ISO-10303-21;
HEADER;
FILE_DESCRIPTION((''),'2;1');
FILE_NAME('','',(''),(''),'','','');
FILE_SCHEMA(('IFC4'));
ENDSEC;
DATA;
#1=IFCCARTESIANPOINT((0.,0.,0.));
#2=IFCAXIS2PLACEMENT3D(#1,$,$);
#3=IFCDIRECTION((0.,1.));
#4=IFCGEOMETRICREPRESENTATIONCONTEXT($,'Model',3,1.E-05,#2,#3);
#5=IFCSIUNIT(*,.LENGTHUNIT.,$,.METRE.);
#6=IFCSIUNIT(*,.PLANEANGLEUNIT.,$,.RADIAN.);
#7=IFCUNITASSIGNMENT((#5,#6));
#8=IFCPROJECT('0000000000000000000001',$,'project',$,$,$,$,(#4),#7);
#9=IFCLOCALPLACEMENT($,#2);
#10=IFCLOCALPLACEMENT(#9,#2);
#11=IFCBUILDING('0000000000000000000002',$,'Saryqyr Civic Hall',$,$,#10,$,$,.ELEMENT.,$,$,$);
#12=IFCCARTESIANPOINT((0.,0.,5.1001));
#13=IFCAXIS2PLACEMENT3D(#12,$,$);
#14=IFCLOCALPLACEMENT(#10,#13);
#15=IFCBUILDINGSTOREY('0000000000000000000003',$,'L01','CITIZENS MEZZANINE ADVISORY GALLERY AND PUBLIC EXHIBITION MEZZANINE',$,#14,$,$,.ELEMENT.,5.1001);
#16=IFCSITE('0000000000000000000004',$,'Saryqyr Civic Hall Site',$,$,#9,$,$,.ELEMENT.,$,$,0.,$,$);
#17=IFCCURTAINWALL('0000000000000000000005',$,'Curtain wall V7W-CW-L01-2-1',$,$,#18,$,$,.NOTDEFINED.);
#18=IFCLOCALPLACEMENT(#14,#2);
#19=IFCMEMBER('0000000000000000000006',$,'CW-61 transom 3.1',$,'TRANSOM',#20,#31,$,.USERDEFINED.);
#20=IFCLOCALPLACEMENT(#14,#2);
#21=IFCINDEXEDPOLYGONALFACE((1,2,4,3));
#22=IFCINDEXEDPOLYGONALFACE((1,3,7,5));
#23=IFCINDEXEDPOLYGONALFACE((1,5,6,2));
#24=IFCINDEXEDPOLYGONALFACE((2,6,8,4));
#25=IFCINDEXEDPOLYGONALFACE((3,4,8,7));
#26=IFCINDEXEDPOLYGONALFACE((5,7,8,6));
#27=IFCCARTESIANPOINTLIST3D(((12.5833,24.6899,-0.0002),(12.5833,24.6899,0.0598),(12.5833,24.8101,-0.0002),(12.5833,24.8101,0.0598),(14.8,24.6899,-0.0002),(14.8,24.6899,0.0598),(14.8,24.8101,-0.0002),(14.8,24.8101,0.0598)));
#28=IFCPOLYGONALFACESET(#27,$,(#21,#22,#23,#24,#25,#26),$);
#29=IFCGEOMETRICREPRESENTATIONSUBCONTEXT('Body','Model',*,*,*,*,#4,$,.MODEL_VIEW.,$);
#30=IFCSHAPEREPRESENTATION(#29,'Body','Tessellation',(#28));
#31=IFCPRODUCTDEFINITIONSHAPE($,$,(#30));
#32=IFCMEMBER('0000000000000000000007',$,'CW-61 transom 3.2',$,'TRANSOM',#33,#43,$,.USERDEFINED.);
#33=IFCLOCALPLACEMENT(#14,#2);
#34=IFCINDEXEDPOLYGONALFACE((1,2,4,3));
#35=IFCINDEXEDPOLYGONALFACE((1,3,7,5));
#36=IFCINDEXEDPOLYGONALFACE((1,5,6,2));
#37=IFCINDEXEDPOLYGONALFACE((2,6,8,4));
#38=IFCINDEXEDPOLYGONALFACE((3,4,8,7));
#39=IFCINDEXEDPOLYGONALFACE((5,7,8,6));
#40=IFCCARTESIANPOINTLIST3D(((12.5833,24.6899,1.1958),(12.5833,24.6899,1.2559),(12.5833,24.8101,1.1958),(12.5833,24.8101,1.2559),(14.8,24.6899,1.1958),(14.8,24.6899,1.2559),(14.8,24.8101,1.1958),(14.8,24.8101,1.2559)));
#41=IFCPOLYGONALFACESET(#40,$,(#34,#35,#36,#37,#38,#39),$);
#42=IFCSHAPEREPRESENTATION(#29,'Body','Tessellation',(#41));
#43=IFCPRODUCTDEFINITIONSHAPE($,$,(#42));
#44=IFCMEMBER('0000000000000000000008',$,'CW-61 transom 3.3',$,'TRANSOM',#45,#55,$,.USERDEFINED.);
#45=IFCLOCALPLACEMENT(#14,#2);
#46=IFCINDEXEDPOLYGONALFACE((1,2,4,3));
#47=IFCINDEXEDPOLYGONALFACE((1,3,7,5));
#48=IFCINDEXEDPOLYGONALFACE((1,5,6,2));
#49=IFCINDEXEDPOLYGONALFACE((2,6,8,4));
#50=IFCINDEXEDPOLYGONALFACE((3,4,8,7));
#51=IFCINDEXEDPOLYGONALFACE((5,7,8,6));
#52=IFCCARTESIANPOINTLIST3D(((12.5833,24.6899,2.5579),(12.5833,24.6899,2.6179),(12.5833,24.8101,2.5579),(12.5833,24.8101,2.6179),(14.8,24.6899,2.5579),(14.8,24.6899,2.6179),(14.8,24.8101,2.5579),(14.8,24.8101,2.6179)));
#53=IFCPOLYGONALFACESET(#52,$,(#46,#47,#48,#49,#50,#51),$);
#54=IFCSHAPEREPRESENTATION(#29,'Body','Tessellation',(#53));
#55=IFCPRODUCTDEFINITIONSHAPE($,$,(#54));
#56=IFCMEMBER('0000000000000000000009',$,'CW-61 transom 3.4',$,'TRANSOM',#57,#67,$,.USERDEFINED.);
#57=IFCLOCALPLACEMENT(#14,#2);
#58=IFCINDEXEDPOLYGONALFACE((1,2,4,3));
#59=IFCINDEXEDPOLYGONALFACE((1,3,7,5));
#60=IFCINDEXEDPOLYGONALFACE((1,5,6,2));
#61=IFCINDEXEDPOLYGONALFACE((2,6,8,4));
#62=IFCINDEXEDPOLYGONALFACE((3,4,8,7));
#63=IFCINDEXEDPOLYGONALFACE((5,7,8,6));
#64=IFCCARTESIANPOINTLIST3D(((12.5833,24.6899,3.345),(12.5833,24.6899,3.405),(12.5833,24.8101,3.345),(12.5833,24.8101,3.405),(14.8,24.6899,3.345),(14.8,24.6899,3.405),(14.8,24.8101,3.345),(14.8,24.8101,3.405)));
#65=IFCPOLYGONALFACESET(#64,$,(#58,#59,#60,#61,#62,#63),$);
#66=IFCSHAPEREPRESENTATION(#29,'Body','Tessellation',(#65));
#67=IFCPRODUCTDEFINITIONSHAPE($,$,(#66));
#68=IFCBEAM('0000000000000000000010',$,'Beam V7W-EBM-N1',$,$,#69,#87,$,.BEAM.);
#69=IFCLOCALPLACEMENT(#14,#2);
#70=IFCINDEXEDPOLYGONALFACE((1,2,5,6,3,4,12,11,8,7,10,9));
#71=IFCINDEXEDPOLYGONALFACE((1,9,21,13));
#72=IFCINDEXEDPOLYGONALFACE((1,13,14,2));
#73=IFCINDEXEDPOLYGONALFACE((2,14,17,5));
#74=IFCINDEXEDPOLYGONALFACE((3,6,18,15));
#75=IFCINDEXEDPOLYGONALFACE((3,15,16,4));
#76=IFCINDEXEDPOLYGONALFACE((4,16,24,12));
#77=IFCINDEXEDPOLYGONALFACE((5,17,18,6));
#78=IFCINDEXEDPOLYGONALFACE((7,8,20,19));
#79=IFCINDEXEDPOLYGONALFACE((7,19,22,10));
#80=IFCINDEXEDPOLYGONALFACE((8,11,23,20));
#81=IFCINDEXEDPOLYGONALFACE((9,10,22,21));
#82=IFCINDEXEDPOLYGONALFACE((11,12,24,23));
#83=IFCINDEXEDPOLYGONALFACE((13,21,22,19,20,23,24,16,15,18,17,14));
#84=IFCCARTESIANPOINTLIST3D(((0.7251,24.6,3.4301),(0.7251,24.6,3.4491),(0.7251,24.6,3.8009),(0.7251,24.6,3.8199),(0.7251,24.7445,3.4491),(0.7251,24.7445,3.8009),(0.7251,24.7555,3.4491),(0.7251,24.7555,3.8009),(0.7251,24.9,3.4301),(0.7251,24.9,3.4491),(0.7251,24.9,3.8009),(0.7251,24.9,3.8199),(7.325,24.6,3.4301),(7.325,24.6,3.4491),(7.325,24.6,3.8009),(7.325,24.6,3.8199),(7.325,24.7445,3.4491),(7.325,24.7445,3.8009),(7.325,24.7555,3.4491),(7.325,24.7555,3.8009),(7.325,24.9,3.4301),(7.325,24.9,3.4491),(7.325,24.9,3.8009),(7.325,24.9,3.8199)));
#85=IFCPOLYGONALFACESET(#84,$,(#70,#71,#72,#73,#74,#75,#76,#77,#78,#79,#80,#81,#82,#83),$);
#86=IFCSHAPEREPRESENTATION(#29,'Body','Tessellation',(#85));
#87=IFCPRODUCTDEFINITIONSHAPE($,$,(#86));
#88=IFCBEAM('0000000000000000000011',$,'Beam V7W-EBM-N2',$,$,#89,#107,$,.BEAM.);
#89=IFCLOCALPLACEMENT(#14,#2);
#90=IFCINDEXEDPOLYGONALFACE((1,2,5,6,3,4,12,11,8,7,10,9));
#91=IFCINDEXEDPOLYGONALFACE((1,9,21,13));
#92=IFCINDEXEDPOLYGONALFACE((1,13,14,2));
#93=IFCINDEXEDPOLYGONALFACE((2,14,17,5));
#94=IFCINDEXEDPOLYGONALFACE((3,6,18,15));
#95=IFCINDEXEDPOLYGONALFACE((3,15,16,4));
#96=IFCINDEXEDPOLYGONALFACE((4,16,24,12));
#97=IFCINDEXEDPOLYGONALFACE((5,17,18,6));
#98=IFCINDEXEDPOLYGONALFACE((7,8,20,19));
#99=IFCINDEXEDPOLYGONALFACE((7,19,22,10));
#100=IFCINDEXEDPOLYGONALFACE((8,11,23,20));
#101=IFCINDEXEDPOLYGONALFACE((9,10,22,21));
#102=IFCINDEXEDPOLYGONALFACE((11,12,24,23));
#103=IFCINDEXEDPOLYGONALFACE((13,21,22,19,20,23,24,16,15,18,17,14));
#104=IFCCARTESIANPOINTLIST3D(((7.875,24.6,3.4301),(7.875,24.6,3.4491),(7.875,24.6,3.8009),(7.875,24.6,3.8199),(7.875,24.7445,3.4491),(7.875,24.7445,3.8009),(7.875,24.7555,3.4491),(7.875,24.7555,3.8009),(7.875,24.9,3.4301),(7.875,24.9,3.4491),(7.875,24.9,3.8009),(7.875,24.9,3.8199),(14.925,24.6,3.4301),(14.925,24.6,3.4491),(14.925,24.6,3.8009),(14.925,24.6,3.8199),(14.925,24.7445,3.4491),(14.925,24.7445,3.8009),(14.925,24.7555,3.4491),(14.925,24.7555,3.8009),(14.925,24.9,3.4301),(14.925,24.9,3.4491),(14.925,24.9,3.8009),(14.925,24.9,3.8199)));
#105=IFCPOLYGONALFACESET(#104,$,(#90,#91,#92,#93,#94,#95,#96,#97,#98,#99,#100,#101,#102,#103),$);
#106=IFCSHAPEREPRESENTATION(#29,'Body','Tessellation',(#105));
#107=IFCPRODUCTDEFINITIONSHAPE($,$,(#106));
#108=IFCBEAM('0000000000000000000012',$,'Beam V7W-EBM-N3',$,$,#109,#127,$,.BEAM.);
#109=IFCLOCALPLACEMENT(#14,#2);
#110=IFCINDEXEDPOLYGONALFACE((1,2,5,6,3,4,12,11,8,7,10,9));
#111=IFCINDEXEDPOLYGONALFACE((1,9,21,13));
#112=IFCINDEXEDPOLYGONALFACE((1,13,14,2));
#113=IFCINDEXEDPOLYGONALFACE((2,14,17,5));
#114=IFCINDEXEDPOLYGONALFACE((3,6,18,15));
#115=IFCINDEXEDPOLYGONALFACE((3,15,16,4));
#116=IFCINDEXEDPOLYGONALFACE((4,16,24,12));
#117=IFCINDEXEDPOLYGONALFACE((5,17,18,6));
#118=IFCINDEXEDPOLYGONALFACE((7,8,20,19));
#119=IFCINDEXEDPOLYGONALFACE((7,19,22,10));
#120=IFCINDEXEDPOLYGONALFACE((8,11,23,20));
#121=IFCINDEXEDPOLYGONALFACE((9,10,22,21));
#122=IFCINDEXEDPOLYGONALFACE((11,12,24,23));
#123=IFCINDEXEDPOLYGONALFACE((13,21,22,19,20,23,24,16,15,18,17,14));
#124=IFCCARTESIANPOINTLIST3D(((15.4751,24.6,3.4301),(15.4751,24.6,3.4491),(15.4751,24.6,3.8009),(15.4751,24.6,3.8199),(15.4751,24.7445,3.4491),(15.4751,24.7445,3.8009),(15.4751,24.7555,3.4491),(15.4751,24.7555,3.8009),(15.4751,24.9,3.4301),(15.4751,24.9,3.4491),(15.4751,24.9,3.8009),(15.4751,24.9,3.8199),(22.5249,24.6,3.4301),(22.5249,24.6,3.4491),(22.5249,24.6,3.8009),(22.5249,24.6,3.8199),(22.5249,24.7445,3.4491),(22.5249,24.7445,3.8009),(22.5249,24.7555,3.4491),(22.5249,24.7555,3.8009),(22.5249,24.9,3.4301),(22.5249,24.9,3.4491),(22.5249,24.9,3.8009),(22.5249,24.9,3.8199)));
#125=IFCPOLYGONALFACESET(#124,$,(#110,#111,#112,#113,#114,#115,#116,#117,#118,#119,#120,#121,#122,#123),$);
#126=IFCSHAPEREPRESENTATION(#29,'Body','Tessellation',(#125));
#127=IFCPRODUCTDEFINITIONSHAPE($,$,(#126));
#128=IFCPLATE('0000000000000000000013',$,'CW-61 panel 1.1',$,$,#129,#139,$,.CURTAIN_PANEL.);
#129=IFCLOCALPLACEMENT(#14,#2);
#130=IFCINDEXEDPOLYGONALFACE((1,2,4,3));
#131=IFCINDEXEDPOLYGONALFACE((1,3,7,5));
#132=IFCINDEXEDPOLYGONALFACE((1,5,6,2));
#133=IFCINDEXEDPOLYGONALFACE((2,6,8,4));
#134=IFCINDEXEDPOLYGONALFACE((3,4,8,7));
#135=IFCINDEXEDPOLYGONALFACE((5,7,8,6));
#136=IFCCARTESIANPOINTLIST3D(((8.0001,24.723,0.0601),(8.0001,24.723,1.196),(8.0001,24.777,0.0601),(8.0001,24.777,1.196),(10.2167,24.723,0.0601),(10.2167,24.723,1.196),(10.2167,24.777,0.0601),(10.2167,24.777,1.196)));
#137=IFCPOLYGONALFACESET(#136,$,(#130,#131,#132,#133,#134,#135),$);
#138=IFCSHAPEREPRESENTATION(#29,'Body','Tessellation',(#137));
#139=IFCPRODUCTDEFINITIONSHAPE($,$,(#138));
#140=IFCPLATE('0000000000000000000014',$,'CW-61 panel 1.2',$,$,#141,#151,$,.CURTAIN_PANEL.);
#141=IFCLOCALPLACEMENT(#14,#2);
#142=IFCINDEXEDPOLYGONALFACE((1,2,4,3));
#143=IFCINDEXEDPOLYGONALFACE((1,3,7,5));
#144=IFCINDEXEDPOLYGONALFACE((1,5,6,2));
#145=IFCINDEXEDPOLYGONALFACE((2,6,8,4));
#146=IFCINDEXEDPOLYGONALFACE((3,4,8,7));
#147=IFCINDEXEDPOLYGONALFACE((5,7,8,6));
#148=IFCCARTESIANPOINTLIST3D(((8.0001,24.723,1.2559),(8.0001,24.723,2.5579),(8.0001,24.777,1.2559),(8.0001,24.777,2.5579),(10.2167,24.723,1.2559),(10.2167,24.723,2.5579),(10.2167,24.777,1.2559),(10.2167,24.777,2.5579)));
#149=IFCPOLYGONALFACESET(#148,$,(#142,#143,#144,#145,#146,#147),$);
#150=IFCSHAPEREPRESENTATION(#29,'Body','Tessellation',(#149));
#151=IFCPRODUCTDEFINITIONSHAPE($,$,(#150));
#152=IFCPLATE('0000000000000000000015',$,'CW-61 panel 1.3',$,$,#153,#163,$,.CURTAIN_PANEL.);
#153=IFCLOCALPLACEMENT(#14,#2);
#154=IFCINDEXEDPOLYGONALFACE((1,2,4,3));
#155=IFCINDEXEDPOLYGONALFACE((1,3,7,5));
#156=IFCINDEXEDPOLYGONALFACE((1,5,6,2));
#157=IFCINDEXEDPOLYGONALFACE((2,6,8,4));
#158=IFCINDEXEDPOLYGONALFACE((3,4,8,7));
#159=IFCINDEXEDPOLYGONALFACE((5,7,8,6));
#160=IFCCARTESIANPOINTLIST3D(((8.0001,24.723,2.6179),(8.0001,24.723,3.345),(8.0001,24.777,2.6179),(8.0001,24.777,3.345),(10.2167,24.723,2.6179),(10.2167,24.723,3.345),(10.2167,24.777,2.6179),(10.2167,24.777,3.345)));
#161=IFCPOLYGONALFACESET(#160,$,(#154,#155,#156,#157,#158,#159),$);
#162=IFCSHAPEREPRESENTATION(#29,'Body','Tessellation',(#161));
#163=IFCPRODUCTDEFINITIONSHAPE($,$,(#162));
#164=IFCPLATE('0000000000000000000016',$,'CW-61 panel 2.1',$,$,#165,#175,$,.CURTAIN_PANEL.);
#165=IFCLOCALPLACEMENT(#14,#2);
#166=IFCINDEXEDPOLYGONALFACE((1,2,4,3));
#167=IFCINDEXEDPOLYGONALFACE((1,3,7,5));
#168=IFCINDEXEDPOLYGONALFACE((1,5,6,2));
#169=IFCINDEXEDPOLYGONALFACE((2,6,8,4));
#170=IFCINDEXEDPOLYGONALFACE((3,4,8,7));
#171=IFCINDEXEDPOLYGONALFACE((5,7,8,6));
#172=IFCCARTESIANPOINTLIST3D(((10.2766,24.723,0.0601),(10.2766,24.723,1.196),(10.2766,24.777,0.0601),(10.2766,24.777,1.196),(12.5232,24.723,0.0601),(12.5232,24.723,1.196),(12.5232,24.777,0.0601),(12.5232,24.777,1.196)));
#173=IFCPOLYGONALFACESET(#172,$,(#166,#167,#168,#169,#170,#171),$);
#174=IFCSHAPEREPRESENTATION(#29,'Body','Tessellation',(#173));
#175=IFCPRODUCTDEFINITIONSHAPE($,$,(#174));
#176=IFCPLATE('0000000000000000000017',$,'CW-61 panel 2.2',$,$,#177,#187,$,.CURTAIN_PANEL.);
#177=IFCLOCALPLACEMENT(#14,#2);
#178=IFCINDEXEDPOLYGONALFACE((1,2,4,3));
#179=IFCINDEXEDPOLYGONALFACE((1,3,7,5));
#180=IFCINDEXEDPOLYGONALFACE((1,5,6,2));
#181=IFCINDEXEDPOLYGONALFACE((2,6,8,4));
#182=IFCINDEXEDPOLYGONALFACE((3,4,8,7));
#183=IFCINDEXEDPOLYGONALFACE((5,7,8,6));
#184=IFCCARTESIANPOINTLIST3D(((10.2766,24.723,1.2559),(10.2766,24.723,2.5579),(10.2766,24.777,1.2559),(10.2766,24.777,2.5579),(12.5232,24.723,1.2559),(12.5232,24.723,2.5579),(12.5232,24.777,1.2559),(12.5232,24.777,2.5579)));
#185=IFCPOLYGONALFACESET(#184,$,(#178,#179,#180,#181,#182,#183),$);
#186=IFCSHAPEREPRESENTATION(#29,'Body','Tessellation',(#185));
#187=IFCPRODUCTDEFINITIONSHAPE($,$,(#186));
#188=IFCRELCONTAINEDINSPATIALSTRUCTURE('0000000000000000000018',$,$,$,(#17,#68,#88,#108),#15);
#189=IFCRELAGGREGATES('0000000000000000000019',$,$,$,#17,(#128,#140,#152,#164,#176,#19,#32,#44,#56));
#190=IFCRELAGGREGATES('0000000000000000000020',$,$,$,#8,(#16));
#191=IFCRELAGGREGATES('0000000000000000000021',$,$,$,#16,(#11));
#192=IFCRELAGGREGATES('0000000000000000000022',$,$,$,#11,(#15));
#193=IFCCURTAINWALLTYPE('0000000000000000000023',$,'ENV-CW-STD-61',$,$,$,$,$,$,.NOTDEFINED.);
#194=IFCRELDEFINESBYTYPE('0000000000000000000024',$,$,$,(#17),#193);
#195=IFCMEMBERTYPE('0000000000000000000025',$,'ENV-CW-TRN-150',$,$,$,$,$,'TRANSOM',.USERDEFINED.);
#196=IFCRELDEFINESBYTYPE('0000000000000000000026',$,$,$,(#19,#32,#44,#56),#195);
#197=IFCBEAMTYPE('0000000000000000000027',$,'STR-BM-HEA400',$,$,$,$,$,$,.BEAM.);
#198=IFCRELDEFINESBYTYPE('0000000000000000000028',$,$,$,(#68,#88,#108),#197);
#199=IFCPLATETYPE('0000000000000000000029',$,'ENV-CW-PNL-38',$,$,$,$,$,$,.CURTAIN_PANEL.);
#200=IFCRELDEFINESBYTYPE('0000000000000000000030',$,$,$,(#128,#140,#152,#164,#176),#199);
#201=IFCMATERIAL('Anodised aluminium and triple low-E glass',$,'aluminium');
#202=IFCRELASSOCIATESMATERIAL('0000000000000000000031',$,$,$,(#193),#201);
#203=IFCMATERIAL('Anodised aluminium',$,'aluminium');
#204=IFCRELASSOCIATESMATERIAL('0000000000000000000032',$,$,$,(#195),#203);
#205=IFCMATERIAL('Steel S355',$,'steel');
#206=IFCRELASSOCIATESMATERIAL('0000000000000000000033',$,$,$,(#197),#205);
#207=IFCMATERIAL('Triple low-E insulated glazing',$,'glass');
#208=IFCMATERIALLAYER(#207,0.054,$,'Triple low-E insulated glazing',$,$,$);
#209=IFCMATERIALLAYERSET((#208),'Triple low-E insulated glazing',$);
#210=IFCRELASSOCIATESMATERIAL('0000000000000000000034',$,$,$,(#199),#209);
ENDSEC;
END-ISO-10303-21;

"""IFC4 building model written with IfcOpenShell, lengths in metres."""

from ifc_helpers import new_model, si_unit, direction, frame, origin, origin_2d, place, context, subcontext, project, spatial, rectangle, i_section, extrude, material, layer, layer_set, material_profile, profile_set, type_object, element, aggregate, save


model = new_model("IFC4")

# Units and contexts
model_context = context("Model", 3, precision=1e-05, world=origin(), true_north=direction((0.0, 1.0)))
body_context = subcontext(model_context, "Body", "Model", "MODEL_VIEW")
ifc_project = project(units=[si_unit("LENGTHUNIT", "METRE"), si_unit("PLANEANGLEUNIT", "RADIAN")], contexts=[model_context])

# Site, building, storey
site_placement = place(None, origin())
site = spatial("IfcSite", under=ifc_project, at=site_placement, Name="Saryqyr Civic Hall Site", CompositionType="ELEMENT", RefElevation=0.0)
building_placement = place(site_placement, origin())
building = spatial("IfcBuilding", under=site, at=building_placement, Name="Saryqyr Civic Hall", CompositionType="ELEMENT")
storey_placement = place(building_placement, frame((0.0, 0.0, 5.1001)))
storey = spatial("IfcBuildingStorey", under=building, at=storey_placement, Name="L01", Description="CITIZENS MEZZANINE ADVISORY GALLERY AND PUBLIC EXHIBITION MEZZANINE", CompositionType="ELEMENT", Elevation=5.1001)

# Curtain wall, members
ifc_material_1 = material(Name="Anodised aluminium and triple low-E glass", Category="aluminium")
curtain_wall_type = type_object("IfcCurtainWallType", Name="ENV-CW-STD-61", PredefinedType="NOTDEFINED", material=ifc_material_1)
curtain_wall_placement = place(storey_placement, origin())
curtain_wall = element("IfcCurtainWall", 1, at=curtain_wall_placement, inside=storey, type_object=curtain_wall_type, Name="Curtain wall V7W-CW-L01-2-1", PredefinedType="NOTDEFINED")
ifc_material_2 = material(Name="Anodised aluminium", Category="aluminium")
ifc_material_profile_1 = material_profile(ifc_material_2, rectangle(XDim=0.1201, YDim=0.0601, at=origin_2d()), Name="ALU TRANSOM 120x60")
ifc_profile_set_1 = profile_set([ifc_material_profile_1], Name="Anodised aluminium")
member_type_1 = type_object("IfcMemberType", Name="ENV-CW-TRN-150", ElementType="TRANSOM", PredefinedType="USERDEFINED", material=ifc_profile_set_1)
member_1_placement = place(storey_placement, frame((12.5833, 24.75, 0.0298), z_axis=(1.0, 0.0, 0.0), x_axis=(0.0, 1.0, 0.0)))
member_1 = element("IfcMember", 2, at=member_1_placement, type_object=member_type_1, Name="CW-61 transom 3.1", ObjectType="TRANSOM", PredefinedType="USERDEFINED", context=body_context, shape_type="SweptSolid", body=[
    extrude(rectangle(XDim=0.1201, YDim=0.0601, at=origin_2d()), origin(), (0.0, 0.0, 1.0), 2.2168),
])
member_2_placement = place(storey_placement, frame((12.5833, 24.75, 1.2258), z_axis=(1.0, 0.0, 0.0), x_axis=(0.0, 1.0, 0.0)))
member_2 = element("IfcMember", 3, at=member_2_placement, type_object=member_type_1, Name="CW-61 transom 3.2", ObjectType="TRANSOM", PredefinedType="USERDEFINED", context=body_context, shape_type="SweptSolid", body=[
    extrude(rectangle(XDim=0.1201, YDim=0.0601, at=origin_2d()), origin(), (0.0, 0.0, 1.0), 2.2168),
])
member_3_placement = place(storey_placement, frame((12.5833, 24.75, 2.5879), z_axis=(1.0, 0.0, 0.0), x_axis=(0.0, 1.0, 0.0)))
member_3 = element("IfcMember", 4, at=member_3_placement, type_object=member_type_1, Name="CW-61 transom 3.3", ObjectType="TRANSOM", PredefinedType="USERDEFINED", context=body_context, shape_type="SweptSolid", body=[
    extrude(rectangle(XDim=0.1201, YDim=0.0601, at=origin_2d()), origin(), (0.0, 0.0, 1.0), 2.2168),
])
member_4_placement = place(storey_placement, frame((12.5833, 24.75, 3.375), z_axis=(1.0, 0.0, 0.0), x_axis=(0.0, 1.0, 0.0)))
member_4 = element("IfcMember", 5, at=member_4_placement, type_object=member_type_1, Name="CW-61 transom 3.4", ObjectType="TRANSOM", PredefinedType="USERDEFINED", context=body_context, shape_type="SweptSolid", body=[
    extrude(rectangle(XDim=0.1201, YDim=0.0601, at=origin_2d()), origin(), (0.0, 0.0, 1.0), 2.2168),
])

# Beams
ifc_material_3 = material(Name="Steel S355", Category="steel")
ifc_material_profile_2 = material_profile(ifc_material_3, i_section(OverallWidth=0.3, OverallDepth=0.3899, WebThickness=0.011, FlangeThickness=0.019, at=origin_2d()), Name="HEA 400")
ifc_profile_set_2 = profile_set([ifc_material_profile_2], Name="Steel S355")
beam_type = type_object("IfcBeamType", Name="STR-BM-HEA400", PredefinedType="BEAM", material=ifc_profile_set_2)
beam_1_placement = place(storey_placement, frame((0.7251, 24.75, 3.625), z_axis=(1.0, 0.0, 0.0), x_axis=(0.0, 1.0, 0.0)))
element("IfcBeam", 6, at=beam_1_placement, inside=storey, type_object=beam_type, Name="Beam V7W-EBM-N1", PredefinedType="BEAM", context=body_context, shape_type="SweptSolid", body=[
    extrude(i_section(OverallWidth=0.3, OverallDepth=0.3899, WebThickness=0.011, FlangeThickness=0.019, at=origin_2d()), origin(), (0.0, 0.0, 1.0), 6.5999),
])
beam_2_placement = place(storey_placement, frame((7.875, 24.75, 3.625), z_axis=(1.0, 0.0, 0.0), x_axis=(0.0, 1.0, 0.0)))
element("IfcBeam", 7, at=beam_2_placement, inside=storey, type_object=beam_type, Name="Beam V7W-EBM-N2", PredefinedType="BEAM", context=body_context, shape_type="SweptSolid", body=[
    extrude(i_section(OverallWidth=0.3, OverallDepth=0.3899, WebThickness=0.011, FlangeThickness=0.019, at=origin_2d()), origin(), (0.0, 0.0, 1.0), 7.05),
])
beam_3_placement = place(storey_placement, frame((15.4751, 24.75, 3.625), z_axis=(1.0, 0.0, 0.0), x_axis=(0.0, 1.0, 0.0)))
element("IfcBeam", 8, at=beam_3_placement, inside=storey, type_object=beam_type, Name="Beam V7W-EBM-N3", PredefinedType="BEAM", context=body_context, shape_type="SweptSolid", body=[
    extrude(i_section(OverallWidth=0.3, OverallDepth=0.3899, WebThickness=0.011, FlangeThickness=0.019, at=origin_2d()), origin(), (0.0, 0.0, 1.0), 7.0498),
])

# Plates
ifc_material_4 = material(Name="Triple low-E insulated glazing", Category="glass")
ifc_layer_1 = layer(ifc_material_4, 0.054, Name="Triple low-E insulated glazing")
ifc_layer_set_1 = layer_set([ifc_layer_1], Name="Triple low-E insulated glazing")
plate_type = type_object("IfcPlateType", Name="ENV-CW-PNL-38", PredefinedType="CURTAIN_PANEL", material=ifc_layer_set_1)
plate_1_placement = place(storey_placement, frame((9.1084, 24.75, 0.0601), z_axis=(0.0, 0.0, 1.0), x_axis=(1.0, 0.0, 0.0)))
plate_1 = element("IfcPlate", 9, at=plate_1_placement, type_object=plate_type, Name="CW-61 panel 1.1", PredefinedType="CURTAIN_PANEL", context=body_context, shape_type="SweptSolid", body=[
    extrude(rectangle(XDim=2.2166, YDim=0.054, at=origin_2d()), origin(), (0.0, 0.0, 1.0), 1.136),
])
plate_2_placement = place(storey_placement, frame((9.1084, 24.75, 1.2559), z_axis=(0.0, 0.0, 1.0), x_axis=(1.0, 0.0, 0.0)))
plate_2 = element("IfcPlate", 10, at=plate_2_placement, type_object=plate_type, Name="CW-61 panel 1.2", PredefinedType="CURTAIN_PANEL", context=body_context, shape_type="SweptSolid", body=[
    extrude(rectangle(XDim=2.2166, YDim=0.054, at=origin_2d()), origin(), (0.0, 0.0, 1.0), 1.302),
])
plate_3_placement = place(storey_placement, frame((9.1084, 24.75, 2.6179), z_axis=(0.0, 0.0, 1.0), x_axis=(1.0, 0.0, 0.0)))
plate_3 = element("IfcPlate", 11, at=plate_3_placement, type_object=plate_type, Name="CW-61 panel 1.3", PredefinedType="CURTAIN_PANEL", context=body_context, shape_type="SweptSolid", body=[
    extrude(rectangle(XDim=2.2166, YDim=0.054, at=origin_2d()), origin(), (0.0, 0.0, 1.0), 0.7271),
])
plate_4_placement = place(storey_placement, frame((11.3999, 24.75, 0.0601), z_axis=(0.0, 0.0, 1.0), x_axis=(1.0, 0.0, 0.0)))
plate_4 = element("IfcPlate", 12, at=plate_4_placement, type_object=plate_type, Name="CW-61 panel 2.1", PredefinedType="CURTAIN_PANEL", context=body_context, shape_type="SweptSolid", body=[
    extrude(rectangle(XDim=2.2466, YDim=0.054, at=origin_2d()), origin(), (0.0, 0.0, 1.0), 1.136),
])
plate_5_placement = place(storey_placement, frame((11.3999, 24.75, 1.2559), z_axis=(0.0, 0.0, 1.0), x_axis=(1.0, 0.0, 0.0)))
plate_5 = element("IfcPlate", 13, at=plate_5_placement, type_object=plate_type, Name="CW-61 panel 2.2", PredefinedType="CURTAIN_PANEL", context=body_context, shape_type="SweptSolid", body=[
    extrude(rectangle(XDim=2.2466, YDim=0.054, at=origin_2d()), origin(), (0.0, 0.0, 1.0), 1.302),
])
aggregate(curtain_wall, [plate_1, plate_2, plate_3, plate_4, plate_5, member_1, member_2, member_3, member_4])

save(model, "model.ifc")
